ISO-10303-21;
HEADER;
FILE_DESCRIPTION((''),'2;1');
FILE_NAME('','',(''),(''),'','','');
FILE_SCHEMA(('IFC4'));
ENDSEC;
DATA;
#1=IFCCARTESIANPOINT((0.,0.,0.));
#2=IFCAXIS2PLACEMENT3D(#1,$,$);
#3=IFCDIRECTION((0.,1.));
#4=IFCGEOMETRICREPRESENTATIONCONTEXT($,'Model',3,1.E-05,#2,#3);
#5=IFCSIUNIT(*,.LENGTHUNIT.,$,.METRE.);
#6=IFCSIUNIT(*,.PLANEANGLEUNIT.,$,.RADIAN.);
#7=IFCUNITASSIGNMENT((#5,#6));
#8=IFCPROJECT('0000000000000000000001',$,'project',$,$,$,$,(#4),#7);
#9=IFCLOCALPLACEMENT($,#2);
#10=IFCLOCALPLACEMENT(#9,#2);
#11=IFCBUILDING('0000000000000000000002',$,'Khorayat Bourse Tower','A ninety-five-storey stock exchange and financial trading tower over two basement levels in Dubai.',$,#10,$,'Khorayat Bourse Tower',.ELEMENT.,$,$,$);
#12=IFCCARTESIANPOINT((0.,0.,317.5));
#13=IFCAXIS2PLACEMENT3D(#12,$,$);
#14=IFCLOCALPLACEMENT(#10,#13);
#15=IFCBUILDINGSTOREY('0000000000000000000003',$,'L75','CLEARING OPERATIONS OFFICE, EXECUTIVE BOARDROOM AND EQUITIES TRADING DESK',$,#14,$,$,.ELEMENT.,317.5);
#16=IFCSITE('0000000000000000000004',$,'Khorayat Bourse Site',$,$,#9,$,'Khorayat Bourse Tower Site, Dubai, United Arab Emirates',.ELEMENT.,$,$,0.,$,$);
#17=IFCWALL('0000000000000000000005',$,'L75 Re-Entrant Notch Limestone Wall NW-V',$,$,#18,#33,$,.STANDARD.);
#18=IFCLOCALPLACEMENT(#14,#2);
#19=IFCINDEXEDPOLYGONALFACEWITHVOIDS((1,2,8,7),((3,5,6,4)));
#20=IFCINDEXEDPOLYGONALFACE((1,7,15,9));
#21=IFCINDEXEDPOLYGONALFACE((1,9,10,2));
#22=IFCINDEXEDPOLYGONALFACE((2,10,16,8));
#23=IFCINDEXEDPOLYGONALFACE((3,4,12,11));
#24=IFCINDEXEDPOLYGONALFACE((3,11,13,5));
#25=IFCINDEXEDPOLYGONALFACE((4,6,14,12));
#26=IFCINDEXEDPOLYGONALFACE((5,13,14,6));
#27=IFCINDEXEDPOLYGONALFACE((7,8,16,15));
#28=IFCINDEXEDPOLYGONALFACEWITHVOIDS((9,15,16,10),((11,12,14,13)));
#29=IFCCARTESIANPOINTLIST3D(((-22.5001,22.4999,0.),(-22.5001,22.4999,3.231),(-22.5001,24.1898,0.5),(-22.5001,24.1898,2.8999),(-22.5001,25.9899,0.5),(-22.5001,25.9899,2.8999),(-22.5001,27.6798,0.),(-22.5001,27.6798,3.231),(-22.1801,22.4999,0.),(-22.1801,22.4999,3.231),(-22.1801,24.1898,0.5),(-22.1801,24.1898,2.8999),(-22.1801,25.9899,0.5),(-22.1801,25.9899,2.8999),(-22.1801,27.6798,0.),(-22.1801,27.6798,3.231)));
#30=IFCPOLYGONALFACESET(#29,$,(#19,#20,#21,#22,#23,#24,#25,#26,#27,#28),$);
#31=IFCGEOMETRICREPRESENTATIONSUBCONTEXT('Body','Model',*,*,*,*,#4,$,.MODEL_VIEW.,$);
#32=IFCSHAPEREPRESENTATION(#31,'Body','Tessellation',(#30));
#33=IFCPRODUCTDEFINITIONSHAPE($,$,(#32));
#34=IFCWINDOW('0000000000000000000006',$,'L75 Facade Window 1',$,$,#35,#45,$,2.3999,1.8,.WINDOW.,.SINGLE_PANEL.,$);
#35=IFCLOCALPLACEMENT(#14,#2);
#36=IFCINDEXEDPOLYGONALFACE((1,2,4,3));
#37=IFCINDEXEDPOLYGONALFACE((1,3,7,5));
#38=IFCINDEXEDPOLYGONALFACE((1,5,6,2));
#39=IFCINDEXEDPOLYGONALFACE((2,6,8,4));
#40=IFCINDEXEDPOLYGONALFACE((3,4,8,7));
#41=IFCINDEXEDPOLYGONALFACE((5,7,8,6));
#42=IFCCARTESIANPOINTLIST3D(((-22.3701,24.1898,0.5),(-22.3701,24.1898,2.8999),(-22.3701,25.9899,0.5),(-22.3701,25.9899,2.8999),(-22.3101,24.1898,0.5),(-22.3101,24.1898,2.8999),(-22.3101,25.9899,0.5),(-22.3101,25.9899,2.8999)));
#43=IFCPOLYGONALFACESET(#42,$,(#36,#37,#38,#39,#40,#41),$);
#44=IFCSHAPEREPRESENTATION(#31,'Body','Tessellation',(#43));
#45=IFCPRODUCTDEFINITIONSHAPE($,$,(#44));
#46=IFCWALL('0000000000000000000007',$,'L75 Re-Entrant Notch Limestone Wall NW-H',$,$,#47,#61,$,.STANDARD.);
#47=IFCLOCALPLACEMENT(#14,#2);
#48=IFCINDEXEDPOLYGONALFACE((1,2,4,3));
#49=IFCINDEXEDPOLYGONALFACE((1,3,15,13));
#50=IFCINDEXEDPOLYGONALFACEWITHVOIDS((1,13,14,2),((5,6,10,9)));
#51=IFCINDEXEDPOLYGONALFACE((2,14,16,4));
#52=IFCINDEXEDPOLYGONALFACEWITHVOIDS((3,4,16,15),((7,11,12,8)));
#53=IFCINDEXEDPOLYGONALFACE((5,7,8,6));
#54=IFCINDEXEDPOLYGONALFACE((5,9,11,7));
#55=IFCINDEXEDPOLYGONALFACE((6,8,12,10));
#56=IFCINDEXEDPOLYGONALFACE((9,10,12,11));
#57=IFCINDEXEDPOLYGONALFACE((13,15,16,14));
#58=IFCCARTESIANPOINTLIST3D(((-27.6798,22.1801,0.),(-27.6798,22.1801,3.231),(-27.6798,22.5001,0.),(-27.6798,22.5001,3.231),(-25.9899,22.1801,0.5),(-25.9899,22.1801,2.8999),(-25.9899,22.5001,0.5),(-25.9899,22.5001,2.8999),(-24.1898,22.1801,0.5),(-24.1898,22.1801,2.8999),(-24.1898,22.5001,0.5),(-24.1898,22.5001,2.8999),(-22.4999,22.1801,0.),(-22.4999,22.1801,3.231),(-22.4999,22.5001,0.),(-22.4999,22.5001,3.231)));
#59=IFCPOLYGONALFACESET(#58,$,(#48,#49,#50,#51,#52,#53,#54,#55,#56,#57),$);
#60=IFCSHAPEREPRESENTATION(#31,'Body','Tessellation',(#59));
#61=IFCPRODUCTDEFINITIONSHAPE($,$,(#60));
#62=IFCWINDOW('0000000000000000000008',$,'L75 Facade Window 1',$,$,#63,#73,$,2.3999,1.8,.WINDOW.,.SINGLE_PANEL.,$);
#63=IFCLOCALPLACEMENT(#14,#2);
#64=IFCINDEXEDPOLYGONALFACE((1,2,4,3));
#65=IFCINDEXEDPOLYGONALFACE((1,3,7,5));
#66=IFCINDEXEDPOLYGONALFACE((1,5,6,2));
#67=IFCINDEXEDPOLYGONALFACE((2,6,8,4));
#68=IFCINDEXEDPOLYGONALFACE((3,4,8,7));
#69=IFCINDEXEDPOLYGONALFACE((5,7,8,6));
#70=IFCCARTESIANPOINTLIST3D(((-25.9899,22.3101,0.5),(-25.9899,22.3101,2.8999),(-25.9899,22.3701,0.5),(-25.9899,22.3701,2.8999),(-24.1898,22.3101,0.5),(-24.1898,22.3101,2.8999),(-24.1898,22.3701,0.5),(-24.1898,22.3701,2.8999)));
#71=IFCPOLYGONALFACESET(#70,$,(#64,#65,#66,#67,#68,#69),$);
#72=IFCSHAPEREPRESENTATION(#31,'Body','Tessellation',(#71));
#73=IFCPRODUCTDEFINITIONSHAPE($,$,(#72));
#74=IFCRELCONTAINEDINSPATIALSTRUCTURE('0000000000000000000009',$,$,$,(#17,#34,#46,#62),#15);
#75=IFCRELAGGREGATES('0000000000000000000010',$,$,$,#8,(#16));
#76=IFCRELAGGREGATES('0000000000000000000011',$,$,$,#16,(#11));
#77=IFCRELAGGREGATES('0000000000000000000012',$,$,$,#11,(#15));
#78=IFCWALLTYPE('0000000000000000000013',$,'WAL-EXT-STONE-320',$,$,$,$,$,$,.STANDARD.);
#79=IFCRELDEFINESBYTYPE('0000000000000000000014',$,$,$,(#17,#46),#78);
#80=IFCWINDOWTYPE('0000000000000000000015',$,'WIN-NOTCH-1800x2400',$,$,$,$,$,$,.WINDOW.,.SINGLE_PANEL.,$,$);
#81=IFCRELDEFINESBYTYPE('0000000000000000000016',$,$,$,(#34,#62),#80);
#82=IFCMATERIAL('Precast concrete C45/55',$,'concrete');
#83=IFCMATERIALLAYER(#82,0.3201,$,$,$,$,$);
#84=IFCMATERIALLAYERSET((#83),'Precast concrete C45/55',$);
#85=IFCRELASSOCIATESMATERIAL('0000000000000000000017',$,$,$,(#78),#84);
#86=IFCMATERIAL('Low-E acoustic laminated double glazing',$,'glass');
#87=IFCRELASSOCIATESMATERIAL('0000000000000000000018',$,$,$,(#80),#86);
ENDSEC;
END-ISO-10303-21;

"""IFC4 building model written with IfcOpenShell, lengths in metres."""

from ifc_helpers import new_model, si_unit, direction, frame, frame_2d, origin, place, context, subcontext, project, spatial, rectangle, extrude, source, transform, mapped, material, layer, layer_set, type_object, element, fill, save


model = new_model("IFC4")

# Units and contexts
model_context = context("Model", 3, precision=1e-05, world=origin(), true_north=direction((0.0, 1.0)))
body_context = subcontext(model_context, "Body", "Model", "MODEL_VIEW")
ifc_project = project(units=[si_unit("LENGTHUNIT", "METRE"), si_unit("PLANEANGLEUNIT", "RADIAN")], contexts=[model_context])

# Site, building, storey
site_placement = place(None, origin())
site = spatial("IfcSite", under=ifc_project, at=site_placement, Name="Khorayat Bourse Site", LongName="Khorayat Bourse Tower Site, Dubai, United Arab Emirates", CompositionType="ELEMENT", RefElevation=0.0)
building_placement = place(site_placement, origin())
building = spatial("IfcBuilding", under=site, at=building_placement, Name="Khorayat Bourse Tower", Description="A ninety-five-storey stock exchange and financial trading tower over two basement levels in Dubai.", LongName="Khorayat Bourse Tower", CompositionType="ELEMENT")
storey_placement = place(building_placement, frame((0.0, 0.0, 317.5)))
storey = spatial("IfcBuildingStorey", under=building, at=storey_placement, Name="L75", Description="CLEARING OPERATIONS OFFICE, EXECUTIVE BOARDROOM AND EQUITIES TRADING DESK", CompositionType="ELEMENT", Elevation=317.5)

# Walls, openings, windows
ifc_material_1 = material(Name="Precast concrete C45/55", Category="concrete")
ifc_layer_1 = layer(ifc_material_1, 0.3201)
ifc_layer_set_1 = layer_set([ifc_layer_1], Name="Precast concrete C45/55")
wall_type = type_object("IfcWallType", Name="WAL-EXT-STONE-320", PredefinedType="STANDARD", material=ifc_layer_set_1)
shared_shape_1 = source(origin(), body_context, "Body", "SweptSolid", [
    extrude(rectangle(XDim=5.1799, YDim=0.3201, at=frame_2d((2.5898, 0.0))), origin(), (0.0, 0.0, 1.0), 3.231),
])
wall_1_placement = place(storey_placement, frame((-22.3401, 22.5, 0.0), z_axis=(0.0, 0.0, 1.0), x_axis=(0.0, 1.0, 0.0)))
wall_1 = element("IfcWall", 1, at=wall_1_placement, inside=storey, type_object=wall_type, Name="L75 Re-Entrant Notch Limestone Wall NW-V", PredefinedType="STANDARD", context=body_context, shape_type="MappedRepresentation", body=[
    mapped(shared_shape_1, transform((0.0, 0.0, 0.0), scale=1.0)),
])
shared_shape_2 = source(origin(), body_context, "Body", "SweptSolid", [
    extrude(rectangle(XDim=1.8, YDim=2.3999, at=frame_2d((0.8999, 1.2))), frame((0.0, 0.1699, 0.0), z_axis=(0.0, -1.0, 0.0), x_axis=(1.0, 0.0, 0.0)), (0.0, 0.0, 1.0), 0.3401),
])
opening_1_placement = place(wall_1_placement, frame((1.6899, 0.0, 0.5)))
opening_1 = element("IfcOpeningElement", 2, at=opening_1_placement, cuts=wall_1, PredefinedType="OPENING", context=body_context, shape_type="MappedRepresentation", body=[
    mapped(shared_shape_2, transform((0.0, 0.0, 0.0), scale=1.0)),
])
ifc_material_2 = material(Name="Low-E acoustic laminated double glazing", Category="glass")
window_type = type_object("IfcWindowType", Name="WIN-NOTCH-1800x2400", PartitioningType="SINGLE_PANEL", PredefinedType="WINDOW", material=ifc_material_2)
shared_shape_3 = source(origin(), body_context, "Body", "SweptSolid", [
    extrude(rectangle(XDim=1.8, YDim=2.3999, at=frame_2d((0.8999, 1.2))), frame((0.0, 0.03, 0.0), z_axis=(0.0, -1.0, 0.0), x_axis=(1.0, 0.0, 0.0)), (0.0, 0.0, 1.0), 0.0601),
])
window_1_placement = place(opening_1_placement, origin())
window_1 = element("IfcWindow", 3, at=window_1_placement, inside=storey, type_object=window_type, Name="L75 Facade Window 1", OverallHeight=2.3999, OverallWidth=1.8, PartitioningType="SINGLE_PANEL", PredefinedType="WINDOW", context=body_context, shape_type="MappedRepresentation", body=[
    mapped(shared_shape_3, transform((0.0, 0.0, 0.0), scale=1.0)),
])
fill(opening_1, window_1)
wall_2_placement = place(storey_placement, frame((-22.5, 22.3401, 0.0), z_axis=(0.0, 0.0, 1.0), x_axis=(-1.0, 0.0, 0.0)))
wall_2 = element("IfcWall", 4, at=wall_2_placement, inside=storey, type_object=wall_type, Name="L75 Re-Entrant Notch Limestone Wall NW-H", PredefinedType="STANDARD", context=body_context, shape_type="MappedRepresentation", body=[
    mapped(shared_shape_1, transform((0.0, 0.0, 0.0), scale=1.0)),
])
opening_2_placement = place(wall_2_placement, frame((1.6899, 0.0, 0.5)))
opening_2 = element("IfcOpeningElement", 5, at=opening_2_placement, cuts=wall_2, PredefinedType="OPENING", context=body_context, shape_type="MappedRepresentation", body=[
    mapped(shared_shape_2, transform((0.0, 0.0, 0.0), scale=1.0)),
])
window_2_placement = place(opening_2_placement, origin())
window_2 = element("IfcWindow", 6, at=window_2_placement, inside=storey, type_object=window_type, Name="L75 Facade Window 1", OverallHeight=2.3999, OverallWidth=1.8, PartitioningType="SINGLE_PANEL", PredefinedType="WINDOW", context=body_context, shape_type="MappedRepresentation", body=[
    mapped(shared_shape_3, transform((0.0, 0.0, 0.0), scale=1.0)),
])
fill(opening_2, window_2)

save(model, "model.ifc")
